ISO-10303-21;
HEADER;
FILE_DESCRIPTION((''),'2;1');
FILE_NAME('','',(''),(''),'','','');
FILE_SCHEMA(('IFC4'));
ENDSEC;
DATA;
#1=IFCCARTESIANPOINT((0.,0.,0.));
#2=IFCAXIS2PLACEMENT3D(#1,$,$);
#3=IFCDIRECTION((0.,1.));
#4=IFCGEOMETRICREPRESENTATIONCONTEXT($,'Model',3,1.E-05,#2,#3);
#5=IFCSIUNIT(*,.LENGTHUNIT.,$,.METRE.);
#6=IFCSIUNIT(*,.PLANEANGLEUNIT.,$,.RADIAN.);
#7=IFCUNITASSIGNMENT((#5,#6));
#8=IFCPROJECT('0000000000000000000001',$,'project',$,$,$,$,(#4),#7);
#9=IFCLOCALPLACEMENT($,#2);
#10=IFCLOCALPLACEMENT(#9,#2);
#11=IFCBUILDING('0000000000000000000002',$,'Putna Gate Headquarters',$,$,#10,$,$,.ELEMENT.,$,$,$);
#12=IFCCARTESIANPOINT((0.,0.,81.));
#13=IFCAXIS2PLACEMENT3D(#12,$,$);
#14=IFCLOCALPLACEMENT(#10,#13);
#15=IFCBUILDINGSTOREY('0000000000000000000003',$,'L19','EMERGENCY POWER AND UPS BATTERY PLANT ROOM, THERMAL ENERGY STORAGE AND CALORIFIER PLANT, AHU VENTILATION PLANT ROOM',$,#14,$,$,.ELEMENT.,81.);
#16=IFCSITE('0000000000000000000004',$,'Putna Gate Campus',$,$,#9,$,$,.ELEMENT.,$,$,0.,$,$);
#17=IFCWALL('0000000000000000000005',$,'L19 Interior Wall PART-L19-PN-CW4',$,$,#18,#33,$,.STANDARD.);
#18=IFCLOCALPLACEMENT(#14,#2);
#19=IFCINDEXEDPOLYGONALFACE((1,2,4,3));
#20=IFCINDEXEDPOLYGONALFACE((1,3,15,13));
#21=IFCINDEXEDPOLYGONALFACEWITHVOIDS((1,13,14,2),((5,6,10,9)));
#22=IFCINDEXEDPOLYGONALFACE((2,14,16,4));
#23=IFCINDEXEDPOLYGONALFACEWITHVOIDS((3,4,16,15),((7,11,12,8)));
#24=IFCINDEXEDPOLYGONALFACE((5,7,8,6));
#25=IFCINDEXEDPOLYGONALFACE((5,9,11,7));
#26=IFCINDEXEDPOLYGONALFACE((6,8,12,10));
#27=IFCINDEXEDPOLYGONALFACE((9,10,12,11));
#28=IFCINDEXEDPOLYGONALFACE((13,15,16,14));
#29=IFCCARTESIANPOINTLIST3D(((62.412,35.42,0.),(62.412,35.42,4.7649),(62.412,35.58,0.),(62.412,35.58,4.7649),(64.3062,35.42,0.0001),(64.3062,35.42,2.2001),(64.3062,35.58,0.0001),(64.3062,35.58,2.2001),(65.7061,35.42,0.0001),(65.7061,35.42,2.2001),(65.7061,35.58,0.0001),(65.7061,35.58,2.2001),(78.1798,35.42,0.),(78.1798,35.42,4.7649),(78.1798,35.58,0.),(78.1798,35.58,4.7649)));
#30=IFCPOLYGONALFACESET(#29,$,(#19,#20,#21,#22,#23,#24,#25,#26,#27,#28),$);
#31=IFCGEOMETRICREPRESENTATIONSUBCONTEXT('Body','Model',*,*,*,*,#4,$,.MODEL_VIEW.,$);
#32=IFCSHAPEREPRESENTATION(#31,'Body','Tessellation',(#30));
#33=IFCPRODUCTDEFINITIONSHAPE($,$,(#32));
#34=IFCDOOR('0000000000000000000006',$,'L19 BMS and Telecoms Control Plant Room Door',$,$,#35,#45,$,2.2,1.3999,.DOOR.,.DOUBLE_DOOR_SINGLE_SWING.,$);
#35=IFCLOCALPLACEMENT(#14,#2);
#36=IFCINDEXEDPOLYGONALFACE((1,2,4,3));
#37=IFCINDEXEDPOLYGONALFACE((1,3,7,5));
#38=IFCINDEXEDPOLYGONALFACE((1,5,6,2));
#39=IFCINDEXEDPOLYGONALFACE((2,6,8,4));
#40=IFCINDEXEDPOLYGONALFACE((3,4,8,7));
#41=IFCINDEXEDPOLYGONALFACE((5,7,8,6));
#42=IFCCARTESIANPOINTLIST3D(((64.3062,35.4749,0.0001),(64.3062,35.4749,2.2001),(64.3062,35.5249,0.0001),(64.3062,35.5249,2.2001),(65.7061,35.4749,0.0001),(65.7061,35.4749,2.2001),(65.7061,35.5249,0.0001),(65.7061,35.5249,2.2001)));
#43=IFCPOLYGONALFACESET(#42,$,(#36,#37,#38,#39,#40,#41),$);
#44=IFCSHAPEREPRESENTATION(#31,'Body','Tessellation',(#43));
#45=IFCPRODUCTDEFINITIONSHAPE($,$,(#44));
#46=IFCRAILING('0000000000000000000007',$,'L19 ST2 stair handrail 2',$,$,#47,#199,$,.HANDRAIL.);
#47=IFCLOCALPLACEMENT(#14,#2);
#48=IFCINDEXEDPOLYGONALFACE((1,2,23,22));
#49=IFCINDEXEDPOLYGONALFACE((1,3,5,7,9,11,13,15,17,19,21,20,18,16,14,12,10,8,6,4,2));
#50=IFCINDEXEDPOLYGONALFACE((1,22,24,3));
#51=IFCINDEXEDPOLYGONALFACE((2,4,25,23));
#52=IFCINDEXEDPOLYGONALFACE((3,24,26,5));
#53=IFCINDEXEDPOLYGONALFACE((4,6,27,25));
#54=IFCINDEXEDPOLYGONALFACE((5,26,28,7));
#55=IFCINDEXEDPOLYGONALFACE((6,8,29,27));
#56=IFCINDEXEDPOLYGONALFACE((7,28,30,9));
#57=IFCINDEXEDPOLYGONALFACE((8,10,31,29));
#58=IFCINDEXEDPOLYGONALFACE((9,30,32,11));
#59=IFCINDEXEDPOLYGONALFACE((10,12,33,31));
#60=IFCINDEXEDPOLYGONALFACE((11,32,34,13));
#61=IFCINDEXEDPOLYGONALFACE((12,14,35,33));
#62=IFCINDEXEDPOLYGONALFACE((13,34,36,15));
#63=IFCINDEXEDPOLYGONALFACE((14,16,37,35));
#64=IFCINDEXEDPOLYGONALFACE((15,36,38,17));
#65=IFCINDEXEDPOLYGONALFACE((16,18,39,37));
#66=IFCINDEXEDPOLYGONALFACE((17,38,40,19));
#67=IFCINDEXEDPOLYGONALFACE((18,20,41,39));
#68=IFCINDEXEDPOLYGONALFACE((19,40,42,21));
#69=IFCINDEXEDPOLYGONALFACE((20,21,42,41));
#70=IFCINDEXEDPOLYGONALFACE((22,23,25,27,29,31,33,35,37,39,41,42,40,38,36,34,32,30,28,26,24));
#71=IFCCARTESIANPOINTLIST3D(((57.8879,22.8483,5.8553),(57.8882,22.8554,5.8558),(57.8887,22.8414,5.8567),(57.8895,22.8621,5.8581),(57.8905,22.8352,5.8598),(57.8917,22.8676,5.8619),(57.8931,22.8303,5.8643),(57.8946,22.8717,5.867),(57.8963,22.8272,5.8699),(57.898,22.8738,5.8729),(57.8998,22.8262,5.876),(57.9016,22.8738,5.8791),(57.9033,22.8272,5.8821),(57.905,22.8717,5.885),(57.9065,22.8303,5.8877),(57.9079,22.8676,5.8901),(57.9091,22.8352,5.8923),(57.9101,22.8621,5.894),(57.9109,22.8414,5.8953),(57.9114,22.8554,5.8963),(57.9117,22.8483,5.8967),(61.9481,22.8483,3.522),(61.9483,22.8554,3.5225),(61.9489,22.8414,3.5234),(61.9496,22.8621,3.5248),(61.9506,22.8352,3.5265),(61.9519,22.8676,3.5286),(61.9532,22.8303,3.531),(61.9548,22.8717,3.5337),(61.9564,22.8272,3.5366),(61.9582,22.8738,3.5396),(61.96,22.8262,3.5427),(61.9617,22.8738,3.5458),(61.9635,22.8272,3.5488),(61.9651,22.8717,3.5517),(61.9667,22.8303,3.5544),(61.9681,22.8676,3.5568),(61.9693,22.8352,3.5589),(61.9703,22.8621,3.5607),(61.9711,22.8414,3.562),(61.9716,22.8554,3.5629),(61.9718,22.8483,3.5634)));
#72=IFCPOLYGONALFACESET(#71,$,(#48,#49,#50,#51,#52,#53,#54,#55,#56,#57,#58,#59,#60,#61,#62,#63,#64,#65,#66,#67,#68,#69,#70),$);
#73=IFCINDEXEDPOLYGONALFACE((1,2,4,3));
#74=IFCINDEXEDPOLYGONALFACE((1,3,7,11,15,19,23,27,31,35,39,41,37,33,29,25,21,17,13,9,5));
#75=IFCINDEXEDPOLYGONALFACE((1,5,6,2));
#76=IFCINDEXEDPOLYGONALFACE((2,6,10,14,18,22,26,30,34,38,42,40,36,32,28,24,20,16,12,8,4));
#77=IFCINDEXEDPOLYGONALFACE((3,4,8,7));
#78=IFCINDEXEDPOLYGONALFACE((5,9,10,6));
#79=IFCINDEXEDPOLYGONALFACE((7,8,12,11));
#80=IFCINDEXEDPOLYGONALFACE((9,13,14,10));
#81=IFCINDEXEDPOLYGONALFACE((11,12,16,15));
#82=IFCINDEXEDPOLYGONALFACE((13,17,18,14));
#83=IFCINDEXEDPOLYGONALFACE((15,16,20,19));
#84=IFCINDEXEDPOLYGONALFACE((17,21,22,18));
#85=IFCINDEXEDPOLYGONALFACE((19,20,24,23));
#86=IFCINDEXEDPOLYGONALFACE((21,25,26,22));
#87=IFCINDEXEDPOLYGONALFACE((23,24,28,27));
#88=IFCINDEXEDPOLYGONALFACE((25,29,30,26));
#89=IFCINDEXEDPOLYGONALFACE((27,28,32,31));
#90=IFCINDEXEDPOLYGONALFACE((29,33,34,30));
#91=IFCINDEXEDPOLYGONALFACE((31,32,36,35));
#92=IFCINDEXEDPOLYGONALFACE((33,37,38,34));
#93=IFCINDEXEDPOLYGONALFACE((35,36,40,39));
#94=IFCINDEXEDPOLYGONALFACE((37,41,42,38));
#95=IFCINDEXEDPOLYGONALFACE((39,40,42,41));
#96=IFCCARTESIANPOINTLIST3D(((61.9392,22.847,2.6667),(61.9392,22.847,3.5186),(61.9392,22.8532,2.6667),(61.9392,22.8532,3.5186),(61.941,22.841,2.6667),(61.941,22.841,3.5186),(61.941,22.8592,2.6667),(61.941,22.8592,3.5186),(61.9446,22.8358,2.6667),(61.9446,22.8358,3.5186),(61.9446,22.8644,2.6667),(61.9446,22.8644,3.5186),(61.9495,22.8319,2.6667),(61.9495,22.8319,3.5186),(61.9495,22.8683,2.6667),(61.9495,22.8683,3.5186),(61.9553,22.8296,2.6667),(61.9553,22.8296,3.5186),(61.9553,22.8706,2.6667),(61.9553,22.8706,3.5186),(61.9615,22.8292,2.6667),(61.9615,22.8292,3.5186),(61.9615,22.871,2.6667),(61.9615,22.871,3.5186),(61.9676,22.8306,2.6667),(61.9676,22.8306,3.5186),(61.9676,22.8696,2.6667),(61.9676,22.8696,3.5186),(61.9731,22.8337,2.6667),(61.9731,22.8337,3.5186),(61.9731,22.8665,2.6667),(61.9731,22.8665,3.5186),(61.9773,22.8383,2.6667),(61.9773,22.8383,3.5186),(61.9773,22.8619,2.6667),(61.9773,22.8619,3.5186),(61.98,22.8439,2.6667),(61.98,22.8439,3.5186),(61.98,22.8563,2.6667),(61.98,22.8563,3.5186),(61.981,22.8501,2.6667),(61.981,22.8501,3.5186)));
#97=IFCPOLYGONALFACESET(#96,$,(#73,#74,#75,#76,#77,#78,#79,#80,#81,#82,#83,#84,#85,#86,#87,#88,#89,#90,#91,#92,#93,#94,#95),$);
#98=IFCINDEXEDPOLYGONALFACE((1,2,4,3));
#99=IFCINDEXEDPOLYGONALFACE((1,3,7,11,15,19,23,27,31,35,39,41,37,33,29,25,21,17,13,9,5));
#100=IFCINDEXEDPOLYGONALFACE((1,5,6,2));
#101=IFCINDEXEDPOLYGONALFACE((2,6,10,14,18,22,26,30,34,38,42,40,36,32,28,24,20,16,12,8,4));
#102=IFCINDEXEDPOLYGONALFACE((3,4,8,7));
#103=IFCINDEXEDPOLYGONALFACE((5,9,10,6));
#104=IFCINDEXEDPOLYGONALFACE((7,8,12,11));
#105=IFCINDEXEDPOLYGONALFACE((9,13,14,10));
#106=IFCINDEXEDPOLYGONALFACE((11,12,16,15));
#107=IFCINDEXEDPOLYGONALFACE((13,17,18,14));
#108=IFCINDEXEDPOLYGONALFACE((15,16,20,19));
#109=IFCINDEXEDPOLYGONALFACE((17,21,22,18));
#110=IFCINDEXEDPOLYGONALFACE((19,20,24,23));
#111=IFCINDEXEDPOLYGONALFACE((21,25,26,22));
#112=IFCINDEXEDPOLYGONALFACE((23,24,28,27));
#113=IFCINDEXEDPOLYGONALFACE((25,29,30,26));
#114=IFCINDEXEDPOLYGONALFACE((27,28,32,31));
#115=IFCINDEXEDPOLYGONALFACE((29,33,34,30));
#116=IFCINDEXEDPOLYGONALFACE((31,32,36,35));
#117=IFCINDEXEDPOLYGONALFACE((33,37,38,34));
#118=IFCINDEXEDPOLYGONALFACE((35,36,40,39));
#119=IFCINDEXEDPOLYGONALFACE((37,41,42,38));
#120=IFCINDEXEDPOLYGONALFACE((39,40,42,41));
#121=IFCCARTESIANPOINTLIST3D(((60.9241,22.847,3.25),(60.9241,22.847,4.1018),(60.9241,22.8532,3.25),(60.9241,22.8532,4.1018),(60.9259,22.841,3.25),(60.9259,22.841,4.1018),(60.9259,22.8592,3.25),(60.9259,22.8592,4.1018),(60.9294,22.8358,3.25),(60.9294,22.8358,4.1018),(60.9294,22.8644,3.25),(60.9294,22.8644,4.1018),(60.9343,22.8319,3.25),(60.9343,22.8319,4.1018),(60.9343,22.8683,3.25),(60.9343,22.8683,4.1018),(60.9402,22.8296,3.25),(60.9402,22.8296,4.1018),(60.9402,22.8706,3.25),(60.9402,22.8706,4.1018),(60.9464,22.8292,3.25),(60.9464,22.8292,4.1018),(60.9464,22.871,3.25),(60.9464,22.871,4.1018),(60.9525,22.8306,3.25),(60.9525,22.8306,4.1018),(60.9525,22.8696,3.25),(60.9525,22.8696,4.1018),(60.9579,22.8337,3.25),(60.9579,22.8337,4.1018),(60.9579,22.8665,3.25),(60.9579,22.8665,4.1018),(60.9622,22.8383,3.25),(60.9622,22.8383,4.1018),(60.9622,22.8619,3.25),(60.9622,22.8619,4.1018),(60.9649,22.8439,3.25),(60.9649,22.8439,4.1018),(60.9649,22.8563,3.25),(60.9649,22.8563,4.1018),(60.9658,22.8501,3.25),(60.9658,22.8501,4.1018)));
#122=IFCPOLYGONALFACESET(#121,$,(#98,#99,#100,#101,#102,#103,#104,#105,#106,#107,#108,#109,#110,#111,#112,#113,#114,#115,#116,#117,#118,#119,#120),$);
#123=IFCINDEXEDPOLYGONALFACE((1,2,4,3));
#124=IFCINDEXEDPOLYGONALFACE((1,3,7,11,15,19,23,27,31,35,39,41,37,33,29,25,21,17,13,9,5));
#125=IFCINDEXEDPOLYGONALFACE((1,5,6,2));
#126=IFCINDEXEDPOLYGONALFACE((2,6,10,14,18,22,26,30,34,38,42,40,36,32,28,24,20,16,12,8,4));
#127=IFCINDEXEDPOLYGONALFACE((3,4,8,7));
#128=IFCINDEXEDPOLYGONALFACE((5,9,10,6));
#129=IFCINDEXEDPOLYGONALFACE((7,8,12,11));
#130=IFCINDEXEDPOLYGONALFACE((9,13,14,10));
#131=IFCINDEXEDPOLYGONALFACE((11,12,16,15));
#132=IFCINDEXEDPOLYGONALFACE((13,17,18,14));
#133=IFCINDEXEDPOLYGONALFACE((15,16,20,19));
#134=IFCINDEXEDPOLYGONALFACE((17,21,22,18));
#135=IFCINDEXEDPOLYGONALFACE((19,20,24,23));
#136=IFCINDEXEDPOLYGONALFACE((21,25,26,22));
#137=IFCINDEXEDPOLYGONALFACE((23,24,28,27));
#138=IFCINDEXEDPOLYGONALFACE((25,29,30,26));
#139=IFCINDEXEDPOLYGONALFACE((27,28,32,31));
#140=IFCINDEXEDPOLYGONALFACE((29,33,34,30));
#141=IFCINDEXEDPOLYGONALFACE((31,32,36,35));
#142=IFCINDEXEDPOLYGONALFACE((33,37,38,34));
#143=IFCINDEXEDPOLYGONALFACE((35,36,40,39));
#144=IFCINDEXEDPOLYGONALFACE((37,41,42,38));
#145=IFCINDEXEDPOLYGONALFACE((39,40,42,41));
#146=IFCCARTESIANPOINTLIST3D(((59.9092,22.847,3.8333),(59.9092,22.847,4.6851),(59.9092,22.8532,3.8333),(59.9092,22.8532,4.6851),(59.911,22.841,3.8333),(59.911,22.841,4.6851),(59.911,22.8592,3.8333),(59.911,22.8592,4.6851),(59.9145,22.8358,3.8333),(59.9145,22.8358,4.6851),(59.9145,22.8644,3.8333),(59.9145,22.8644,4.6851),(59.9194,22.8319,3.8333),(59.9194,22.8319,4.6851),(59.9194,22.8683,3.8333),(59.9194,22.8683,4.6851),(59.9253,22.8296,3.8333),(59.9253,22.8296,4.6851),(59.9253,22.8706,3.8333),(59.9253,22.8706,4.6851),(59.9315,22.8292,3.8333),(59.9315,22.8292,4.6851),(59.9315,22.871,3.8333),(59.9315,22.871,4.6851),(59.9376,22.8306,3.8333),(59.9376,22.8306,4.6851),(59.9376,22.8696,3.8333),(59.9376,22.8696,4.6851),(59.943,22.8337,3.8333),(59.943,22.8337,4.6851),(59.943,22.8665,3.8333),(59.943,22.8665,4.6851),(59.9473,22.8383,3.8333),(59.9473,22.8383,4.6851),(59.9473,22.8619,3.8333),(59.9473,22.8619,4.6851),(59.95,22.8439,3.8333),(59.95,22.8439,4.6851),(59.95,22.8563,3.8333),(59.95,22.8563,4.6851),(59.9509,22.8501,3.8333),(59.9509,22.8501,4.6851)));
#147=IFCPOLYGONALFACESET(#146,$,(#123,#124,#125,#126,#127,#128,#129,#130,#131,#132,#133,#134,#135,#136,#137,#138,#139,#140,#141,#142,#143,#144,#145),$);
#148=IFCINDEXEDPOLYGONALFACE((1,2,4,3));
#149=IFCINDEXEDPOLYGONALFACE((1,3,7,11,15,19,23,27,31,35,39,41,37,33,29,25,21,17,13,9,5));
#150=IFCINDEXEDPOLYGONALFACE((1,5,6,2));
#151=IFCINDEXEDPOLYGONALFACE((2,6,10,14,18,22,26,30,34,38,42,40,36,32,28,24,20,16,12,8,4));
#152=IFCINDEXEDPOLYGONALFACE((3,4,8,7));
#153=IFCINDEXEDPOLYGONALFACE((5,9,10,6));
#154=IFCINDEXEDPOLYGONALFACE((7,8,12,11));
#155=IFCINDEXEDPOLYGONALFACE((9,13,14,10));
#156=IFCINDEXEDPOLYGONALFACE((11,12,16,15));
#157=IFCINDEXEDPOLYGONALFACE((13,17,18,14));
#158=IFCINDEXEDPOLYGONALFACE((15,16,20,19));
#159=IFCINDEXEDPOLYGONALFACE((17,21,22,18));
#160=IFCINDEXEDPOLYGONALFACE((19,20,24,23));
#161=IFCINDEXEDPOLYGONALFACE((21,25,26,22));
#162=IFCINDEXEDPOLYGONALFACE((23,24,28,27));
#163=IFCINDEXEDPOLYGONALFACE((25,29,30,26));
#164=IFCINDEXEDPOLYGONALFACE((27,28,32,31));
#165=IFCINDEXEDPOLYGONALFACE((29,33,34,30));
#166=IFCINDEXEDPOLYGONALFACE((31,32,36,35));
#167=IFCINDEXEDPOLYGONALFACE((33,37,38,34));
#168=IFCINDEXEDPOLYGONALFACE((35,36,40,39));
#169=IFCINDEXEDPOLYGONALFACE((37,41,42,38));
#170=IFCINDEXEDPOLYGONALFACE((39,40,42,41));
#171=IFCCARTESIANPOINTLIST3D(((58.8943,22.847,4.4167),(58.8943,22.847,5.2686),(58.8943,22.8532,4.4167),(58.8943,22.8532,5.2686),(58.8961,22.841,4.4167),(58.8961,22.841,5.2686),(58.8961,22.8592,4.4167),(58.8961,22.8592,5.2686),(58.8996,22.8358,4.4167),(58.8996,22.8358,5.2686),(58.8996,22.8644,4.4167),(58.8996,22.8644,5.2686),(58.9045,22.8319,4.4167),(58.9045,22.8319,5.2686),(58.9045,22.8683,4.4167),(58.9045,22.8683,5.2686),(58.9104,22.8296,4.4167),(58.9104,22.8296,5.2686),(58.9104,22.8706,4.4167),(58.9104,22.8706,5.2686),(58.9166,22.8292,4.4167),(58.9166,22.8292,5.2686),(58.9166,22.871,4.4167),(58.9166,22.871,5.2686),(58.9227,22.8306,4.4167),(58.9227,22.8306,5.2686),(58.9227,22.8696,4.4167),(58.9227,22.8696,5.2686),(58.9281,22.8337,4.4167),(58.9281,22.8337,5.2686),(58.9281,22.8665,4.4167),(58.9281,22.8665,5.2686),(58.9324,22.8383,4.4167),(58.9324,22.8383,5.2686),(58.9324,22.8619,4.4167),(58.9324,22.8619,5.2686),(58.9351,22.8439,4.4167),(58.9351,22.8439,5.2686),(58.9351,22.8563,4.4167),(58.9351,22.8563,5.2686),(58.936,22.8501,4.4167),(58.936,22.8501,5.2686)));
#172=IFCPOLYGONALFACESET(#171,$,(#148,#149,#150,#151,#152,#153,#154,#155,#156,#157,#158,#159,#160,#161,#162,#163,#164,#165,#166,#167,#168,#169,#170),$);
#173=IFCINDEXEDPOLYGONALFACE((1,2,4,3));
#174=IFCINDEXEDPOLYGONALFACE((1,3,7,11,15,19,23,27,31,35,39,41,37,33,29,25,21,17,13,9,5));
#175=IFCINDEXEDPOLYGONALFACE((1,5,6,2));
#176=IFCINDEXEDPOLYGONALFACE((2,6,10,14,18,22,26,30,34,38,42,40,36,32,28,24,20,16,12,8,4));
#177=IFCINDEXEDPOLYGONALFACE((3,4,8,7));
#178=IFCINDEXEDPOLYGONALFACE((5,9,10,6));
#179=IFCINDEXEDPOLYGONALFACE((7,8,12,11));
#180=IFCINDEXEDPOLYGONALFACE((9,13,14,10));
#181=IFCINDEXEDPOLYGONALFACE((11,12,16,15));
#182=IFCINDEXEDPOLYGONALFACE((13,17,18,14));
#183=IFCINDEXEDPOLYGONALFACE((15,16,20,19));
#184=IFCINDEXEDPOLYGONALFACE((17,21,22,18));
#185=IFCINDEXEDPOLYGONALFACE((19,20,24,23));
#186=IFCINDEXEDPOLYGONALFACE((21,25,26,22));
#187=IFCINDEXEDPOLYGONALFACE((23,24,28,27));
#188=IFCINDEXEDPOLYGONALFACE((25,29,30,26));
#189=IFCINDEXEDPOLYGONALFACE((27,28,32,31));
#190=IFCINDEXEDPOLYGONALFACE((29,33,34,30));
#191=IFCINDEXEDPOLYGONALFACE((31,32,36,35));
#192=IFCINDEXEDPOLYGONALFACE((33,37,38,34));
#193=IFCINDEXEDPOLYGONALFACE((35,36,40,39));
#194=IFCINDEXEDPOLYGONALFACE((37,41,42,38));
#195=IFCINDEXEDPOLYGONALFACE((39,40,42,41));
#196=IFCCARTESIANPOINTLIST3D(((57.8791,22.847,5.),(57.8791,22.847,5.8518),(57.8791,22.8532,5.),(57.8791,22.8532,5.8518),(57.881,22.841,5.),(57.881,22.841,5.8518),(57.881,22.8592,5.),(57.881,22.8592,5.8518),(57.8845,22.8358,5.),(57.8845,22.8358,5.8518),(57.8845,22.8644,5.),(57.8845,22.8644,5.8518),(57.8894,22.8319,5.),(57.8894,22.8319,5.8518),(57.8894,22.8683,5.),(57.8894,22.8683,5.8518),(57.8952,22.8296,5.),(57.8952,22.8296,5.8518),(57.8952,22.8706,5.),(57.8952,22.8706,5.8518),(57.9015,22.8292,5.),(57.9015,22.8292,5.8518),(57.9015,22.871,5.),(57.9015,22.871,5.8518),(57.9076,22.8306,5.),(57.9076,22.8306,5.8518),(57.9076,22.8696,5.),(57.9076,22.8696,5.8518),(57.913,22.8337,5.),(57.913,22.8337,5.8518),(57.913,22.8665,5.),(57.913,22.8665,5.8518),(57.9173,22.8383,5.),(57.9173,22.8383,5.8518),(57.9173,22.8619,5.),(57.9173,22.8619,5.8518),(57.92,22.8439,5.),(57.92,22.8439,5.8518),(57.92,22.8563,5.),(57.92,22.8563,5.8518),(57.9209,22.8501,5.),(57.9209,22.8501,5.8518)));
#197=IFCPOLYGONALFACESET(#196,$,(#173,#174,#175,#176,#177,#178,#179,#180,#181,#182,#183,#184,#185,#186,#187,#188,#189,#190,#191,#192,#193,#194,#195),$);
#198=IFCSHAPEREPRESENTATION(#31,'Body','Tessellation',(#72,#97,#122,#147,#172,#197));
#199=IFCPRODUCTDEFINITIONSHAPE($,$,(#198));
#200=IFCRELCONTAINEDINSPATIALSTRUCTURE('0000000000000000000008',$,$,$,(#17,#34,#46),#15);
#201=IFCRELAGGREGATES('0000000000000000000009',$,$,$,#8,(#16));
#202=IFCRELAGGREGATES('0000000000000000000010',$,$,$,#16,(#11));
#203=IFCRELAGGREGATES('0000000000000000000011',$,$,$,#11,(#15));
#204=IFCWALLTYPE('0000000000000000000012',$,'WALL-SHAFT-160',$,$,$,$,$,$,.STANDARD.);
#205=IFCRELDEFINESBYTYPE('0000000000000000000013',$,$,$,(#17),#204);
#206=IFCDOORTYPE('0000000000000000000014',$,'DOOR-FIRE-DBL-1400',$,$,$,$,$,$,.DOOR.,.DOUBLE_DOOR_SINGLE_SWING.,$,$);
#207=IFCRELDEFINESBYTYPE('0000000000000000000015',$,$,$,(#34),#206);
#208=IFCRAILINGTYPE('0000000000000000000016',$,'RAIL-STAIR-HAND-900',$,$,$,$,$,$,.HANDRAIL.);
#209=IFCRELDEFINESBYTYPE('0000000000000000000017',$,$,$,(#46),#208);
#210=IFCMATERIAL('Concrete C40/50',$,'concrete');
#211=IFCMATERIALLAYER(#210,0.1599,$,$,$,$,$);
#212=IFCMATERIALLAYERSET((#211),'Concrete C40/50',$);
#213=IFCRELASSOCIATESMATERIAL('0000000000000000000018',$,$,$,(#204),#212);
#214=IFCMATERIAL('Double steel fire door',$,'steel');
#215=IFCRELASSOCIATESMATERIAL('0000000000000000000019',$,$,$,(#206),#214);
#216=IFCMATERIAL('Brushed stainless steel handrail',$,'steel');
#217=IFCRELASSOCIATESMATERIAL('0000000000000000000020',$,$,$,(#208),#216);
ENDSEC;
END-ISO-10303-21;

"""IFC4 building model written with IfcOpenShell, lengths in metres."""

from ifc_helpers import new_model, si_unit, direction, frame, frame_2d, origin, origin_2d, place, context, subcontext, project, spatial, rectangle, circle, extrude, material, layer, layer_set, type_object, element, fill, save


model = new_model("IFC4")

# Units and contexts
model_context = context("Model", 3, precision=1e-05, world=origin(), true_north=direction((0.0, 1.0)))
body_context = subcontext(model_context, "Body", "Model", "MODEL_VIEW")
ifc_project = project(units=[si_unit("LENGTHUNIT", "METRE"), si_unit("PLANEANGLEUNIT", "RADIAN")], contexts=[model_context])

# Site, building, storey
site_placement = place(None, origin())
site = spatial("IfcSite", under=ifc_project, at=site_placement, Name="Putna Gate Campus", CompositionType="ELEMENT", RefElevation=0.0)
building_placement = place(site_placement, origin())
building = spatial("IfcBuilding", under=site, at=building_placement, Name="Putna Gate Headquarters", CompositionType="ELEMENT")
storey_placement = place(building_placement, frame((0.0, 0.0, 81.0)))
storey = spatial("IfcBuildingStorey", under=building, at=storey_placement, Name="L19", Description="EMERGENCY POWER AND UPS BATTERY PLANT ROOM, THERMAL ENERGY STORAGE AND CALORIFIER PLANT, AHU VENTILATION PLANT ROOM", CompositionType="ELEMENT", Elevation=81.0)

# Shared definitions
ifc_material_1 = material(Name="Concrete C40/50", Category="concrete")
ifc_layer_1 = layer(ifc_material_1, 0.1599)
ifc_layer_set_1 = layer_set([ifc_layer_1], Name="Concrete C40/50")
wall_type_1 = type_object("IfcWallType", Name="WALL-SHAFT-160", PredefinedType="STANDARD", material=ifc_layer_set_1)

# Wall, opening, door
wall_1_placement = place(storey_placement, frame((62.4121, 35.5, 0.0), z_axis=(0.0, 0.0, 1.0), x_axis=(1.0, 0.0, 0.0)))
wall_1 = element("IfcWall", 1, at=wall_1_placement, inside=storey, type_object=wall_type_1, Name="L19 Interior Wall PART-L19-PN-CW4", PredefinedType="STANDARD", context=body_context, shape_type="SweptSolid", body=[
    extrude(rectangle(XDim=15.7678, YDim=0.1599, at=frame_2d((7.8838, 0.0))), origin(), (0.0, 0.0, 1.0), 4.7649),
])
opening_1_placement = place(wall_1_placement, frame((1.894, 0.0, 0.0)))
opening_1 = element("IfcOpeningElement", 2, at=opening_1_placement, cuts=wall_1, PredefinedType="OPENING", context=body_context, shape_type="SweptSolid", body=[
    extrude(rectangle(XDim=1.3999, YDim=2.2, at=frame_2d((0.7, 1.1001))), frame((0.0, 0.0898, 0.0), z_axis=(0.0, -1.0, 0.0), x_axis=(1.0, 0.0, 0.0)), (0.0, 0.0, 1.0), 0.1799),
])
ifc_material_2 = material(Name="Double steel fire door", Category="steel")
door_type_1 = type_object("IfcDoorType", Name="DOOR-FIRE-DBL-1400", OperationType="DOUBLE_DOOR_SINGLE_SWING", PredefinedType="DOOR", material=ifc_material_2)
door_1_placement = place(opening_1_placement, origin())
door_1 = element("IfcDoor", 3, at=door_1_placement, inside=storey, type_object=door_type_1, Name="L19 BMS and Telecoms Control Plant Room Door", OperationType="DOUBLE_DOOR_SINGLE_SWING", OverallHeight=2.2, OverallWidth=1.3999, PredefinedType="DOOR", context=body_context, shape_type="SweptSolid", body=[
    extrude(rectangle(XDim=1.3999, YDim=2.2, at=frame_2d((0.7, 1.1001))), frame((0.0, 0.0249, 0.0), z_axis=(0.0, -1.0, 0.0), x_axis=(1.0, 0.0, 0.0)), (0.0, 0.0, 1.0), 0.05),
])
fill(opening_1, door_1)

# Railing
ifc_material_3 = material(Name="Brushed stainless steel handrail", Category="steel")
railing_type = type_object("IfcRailingType", Name="RAIL-STAIR-HAND-900", PredefinedType="HANDRAIL", material=ifc_material_3)
railing_placement = place(storey_placement, frame((61.96, 22.8501, 2.6667)))
element("IfcRailing", 4, at=railing_placement, inside=storey, type_object=railing_type, Name="L19 ST2 stair handrail 2", PredefinedType="HANDRAIL", context=body_context, shape_type="SweptSolid", body=[
    extrude(circle(Radius=0.0239, at=origin_2d()), frame((0.0, 0.0, 0.876), z_axis=(-0.867025, 0.0, 0.498265), x_axis=(0.0, -1.0, 0.0)), (0.0, 0.0, 1.0), 4.6829),
    extrude(circle(Radius=0.021, at=origin_2d()), origin(), (0.0, 0.0, 1.0), 0.8518),
    extrude(circle(Radius=0.021, at=origin_2d()), frame((-1.0151, 0.0, 0.5833)), (0.0, 0.0, 1.0), 0.8518),
    extrude(circle(Radius=0.021, at=origin_2d()), frame((-2.03, 0.0, 1.1665)), (0.0, 0.0, 1.0), 0.8518),
    extrude(circle(Radius=0.021, at=origin_2d()), frame((-3.0449, 0.0, 1.75)), (0.0, 0.0, 1.0), 0.8518),
    extrude(circle(Radius=0.021, at=origin_2d()), frame((-4.0601, 0.0, 2.3333)), (0.0, 0.0, 1.0), 0.8518),
])

save(model, "model.ifc")
